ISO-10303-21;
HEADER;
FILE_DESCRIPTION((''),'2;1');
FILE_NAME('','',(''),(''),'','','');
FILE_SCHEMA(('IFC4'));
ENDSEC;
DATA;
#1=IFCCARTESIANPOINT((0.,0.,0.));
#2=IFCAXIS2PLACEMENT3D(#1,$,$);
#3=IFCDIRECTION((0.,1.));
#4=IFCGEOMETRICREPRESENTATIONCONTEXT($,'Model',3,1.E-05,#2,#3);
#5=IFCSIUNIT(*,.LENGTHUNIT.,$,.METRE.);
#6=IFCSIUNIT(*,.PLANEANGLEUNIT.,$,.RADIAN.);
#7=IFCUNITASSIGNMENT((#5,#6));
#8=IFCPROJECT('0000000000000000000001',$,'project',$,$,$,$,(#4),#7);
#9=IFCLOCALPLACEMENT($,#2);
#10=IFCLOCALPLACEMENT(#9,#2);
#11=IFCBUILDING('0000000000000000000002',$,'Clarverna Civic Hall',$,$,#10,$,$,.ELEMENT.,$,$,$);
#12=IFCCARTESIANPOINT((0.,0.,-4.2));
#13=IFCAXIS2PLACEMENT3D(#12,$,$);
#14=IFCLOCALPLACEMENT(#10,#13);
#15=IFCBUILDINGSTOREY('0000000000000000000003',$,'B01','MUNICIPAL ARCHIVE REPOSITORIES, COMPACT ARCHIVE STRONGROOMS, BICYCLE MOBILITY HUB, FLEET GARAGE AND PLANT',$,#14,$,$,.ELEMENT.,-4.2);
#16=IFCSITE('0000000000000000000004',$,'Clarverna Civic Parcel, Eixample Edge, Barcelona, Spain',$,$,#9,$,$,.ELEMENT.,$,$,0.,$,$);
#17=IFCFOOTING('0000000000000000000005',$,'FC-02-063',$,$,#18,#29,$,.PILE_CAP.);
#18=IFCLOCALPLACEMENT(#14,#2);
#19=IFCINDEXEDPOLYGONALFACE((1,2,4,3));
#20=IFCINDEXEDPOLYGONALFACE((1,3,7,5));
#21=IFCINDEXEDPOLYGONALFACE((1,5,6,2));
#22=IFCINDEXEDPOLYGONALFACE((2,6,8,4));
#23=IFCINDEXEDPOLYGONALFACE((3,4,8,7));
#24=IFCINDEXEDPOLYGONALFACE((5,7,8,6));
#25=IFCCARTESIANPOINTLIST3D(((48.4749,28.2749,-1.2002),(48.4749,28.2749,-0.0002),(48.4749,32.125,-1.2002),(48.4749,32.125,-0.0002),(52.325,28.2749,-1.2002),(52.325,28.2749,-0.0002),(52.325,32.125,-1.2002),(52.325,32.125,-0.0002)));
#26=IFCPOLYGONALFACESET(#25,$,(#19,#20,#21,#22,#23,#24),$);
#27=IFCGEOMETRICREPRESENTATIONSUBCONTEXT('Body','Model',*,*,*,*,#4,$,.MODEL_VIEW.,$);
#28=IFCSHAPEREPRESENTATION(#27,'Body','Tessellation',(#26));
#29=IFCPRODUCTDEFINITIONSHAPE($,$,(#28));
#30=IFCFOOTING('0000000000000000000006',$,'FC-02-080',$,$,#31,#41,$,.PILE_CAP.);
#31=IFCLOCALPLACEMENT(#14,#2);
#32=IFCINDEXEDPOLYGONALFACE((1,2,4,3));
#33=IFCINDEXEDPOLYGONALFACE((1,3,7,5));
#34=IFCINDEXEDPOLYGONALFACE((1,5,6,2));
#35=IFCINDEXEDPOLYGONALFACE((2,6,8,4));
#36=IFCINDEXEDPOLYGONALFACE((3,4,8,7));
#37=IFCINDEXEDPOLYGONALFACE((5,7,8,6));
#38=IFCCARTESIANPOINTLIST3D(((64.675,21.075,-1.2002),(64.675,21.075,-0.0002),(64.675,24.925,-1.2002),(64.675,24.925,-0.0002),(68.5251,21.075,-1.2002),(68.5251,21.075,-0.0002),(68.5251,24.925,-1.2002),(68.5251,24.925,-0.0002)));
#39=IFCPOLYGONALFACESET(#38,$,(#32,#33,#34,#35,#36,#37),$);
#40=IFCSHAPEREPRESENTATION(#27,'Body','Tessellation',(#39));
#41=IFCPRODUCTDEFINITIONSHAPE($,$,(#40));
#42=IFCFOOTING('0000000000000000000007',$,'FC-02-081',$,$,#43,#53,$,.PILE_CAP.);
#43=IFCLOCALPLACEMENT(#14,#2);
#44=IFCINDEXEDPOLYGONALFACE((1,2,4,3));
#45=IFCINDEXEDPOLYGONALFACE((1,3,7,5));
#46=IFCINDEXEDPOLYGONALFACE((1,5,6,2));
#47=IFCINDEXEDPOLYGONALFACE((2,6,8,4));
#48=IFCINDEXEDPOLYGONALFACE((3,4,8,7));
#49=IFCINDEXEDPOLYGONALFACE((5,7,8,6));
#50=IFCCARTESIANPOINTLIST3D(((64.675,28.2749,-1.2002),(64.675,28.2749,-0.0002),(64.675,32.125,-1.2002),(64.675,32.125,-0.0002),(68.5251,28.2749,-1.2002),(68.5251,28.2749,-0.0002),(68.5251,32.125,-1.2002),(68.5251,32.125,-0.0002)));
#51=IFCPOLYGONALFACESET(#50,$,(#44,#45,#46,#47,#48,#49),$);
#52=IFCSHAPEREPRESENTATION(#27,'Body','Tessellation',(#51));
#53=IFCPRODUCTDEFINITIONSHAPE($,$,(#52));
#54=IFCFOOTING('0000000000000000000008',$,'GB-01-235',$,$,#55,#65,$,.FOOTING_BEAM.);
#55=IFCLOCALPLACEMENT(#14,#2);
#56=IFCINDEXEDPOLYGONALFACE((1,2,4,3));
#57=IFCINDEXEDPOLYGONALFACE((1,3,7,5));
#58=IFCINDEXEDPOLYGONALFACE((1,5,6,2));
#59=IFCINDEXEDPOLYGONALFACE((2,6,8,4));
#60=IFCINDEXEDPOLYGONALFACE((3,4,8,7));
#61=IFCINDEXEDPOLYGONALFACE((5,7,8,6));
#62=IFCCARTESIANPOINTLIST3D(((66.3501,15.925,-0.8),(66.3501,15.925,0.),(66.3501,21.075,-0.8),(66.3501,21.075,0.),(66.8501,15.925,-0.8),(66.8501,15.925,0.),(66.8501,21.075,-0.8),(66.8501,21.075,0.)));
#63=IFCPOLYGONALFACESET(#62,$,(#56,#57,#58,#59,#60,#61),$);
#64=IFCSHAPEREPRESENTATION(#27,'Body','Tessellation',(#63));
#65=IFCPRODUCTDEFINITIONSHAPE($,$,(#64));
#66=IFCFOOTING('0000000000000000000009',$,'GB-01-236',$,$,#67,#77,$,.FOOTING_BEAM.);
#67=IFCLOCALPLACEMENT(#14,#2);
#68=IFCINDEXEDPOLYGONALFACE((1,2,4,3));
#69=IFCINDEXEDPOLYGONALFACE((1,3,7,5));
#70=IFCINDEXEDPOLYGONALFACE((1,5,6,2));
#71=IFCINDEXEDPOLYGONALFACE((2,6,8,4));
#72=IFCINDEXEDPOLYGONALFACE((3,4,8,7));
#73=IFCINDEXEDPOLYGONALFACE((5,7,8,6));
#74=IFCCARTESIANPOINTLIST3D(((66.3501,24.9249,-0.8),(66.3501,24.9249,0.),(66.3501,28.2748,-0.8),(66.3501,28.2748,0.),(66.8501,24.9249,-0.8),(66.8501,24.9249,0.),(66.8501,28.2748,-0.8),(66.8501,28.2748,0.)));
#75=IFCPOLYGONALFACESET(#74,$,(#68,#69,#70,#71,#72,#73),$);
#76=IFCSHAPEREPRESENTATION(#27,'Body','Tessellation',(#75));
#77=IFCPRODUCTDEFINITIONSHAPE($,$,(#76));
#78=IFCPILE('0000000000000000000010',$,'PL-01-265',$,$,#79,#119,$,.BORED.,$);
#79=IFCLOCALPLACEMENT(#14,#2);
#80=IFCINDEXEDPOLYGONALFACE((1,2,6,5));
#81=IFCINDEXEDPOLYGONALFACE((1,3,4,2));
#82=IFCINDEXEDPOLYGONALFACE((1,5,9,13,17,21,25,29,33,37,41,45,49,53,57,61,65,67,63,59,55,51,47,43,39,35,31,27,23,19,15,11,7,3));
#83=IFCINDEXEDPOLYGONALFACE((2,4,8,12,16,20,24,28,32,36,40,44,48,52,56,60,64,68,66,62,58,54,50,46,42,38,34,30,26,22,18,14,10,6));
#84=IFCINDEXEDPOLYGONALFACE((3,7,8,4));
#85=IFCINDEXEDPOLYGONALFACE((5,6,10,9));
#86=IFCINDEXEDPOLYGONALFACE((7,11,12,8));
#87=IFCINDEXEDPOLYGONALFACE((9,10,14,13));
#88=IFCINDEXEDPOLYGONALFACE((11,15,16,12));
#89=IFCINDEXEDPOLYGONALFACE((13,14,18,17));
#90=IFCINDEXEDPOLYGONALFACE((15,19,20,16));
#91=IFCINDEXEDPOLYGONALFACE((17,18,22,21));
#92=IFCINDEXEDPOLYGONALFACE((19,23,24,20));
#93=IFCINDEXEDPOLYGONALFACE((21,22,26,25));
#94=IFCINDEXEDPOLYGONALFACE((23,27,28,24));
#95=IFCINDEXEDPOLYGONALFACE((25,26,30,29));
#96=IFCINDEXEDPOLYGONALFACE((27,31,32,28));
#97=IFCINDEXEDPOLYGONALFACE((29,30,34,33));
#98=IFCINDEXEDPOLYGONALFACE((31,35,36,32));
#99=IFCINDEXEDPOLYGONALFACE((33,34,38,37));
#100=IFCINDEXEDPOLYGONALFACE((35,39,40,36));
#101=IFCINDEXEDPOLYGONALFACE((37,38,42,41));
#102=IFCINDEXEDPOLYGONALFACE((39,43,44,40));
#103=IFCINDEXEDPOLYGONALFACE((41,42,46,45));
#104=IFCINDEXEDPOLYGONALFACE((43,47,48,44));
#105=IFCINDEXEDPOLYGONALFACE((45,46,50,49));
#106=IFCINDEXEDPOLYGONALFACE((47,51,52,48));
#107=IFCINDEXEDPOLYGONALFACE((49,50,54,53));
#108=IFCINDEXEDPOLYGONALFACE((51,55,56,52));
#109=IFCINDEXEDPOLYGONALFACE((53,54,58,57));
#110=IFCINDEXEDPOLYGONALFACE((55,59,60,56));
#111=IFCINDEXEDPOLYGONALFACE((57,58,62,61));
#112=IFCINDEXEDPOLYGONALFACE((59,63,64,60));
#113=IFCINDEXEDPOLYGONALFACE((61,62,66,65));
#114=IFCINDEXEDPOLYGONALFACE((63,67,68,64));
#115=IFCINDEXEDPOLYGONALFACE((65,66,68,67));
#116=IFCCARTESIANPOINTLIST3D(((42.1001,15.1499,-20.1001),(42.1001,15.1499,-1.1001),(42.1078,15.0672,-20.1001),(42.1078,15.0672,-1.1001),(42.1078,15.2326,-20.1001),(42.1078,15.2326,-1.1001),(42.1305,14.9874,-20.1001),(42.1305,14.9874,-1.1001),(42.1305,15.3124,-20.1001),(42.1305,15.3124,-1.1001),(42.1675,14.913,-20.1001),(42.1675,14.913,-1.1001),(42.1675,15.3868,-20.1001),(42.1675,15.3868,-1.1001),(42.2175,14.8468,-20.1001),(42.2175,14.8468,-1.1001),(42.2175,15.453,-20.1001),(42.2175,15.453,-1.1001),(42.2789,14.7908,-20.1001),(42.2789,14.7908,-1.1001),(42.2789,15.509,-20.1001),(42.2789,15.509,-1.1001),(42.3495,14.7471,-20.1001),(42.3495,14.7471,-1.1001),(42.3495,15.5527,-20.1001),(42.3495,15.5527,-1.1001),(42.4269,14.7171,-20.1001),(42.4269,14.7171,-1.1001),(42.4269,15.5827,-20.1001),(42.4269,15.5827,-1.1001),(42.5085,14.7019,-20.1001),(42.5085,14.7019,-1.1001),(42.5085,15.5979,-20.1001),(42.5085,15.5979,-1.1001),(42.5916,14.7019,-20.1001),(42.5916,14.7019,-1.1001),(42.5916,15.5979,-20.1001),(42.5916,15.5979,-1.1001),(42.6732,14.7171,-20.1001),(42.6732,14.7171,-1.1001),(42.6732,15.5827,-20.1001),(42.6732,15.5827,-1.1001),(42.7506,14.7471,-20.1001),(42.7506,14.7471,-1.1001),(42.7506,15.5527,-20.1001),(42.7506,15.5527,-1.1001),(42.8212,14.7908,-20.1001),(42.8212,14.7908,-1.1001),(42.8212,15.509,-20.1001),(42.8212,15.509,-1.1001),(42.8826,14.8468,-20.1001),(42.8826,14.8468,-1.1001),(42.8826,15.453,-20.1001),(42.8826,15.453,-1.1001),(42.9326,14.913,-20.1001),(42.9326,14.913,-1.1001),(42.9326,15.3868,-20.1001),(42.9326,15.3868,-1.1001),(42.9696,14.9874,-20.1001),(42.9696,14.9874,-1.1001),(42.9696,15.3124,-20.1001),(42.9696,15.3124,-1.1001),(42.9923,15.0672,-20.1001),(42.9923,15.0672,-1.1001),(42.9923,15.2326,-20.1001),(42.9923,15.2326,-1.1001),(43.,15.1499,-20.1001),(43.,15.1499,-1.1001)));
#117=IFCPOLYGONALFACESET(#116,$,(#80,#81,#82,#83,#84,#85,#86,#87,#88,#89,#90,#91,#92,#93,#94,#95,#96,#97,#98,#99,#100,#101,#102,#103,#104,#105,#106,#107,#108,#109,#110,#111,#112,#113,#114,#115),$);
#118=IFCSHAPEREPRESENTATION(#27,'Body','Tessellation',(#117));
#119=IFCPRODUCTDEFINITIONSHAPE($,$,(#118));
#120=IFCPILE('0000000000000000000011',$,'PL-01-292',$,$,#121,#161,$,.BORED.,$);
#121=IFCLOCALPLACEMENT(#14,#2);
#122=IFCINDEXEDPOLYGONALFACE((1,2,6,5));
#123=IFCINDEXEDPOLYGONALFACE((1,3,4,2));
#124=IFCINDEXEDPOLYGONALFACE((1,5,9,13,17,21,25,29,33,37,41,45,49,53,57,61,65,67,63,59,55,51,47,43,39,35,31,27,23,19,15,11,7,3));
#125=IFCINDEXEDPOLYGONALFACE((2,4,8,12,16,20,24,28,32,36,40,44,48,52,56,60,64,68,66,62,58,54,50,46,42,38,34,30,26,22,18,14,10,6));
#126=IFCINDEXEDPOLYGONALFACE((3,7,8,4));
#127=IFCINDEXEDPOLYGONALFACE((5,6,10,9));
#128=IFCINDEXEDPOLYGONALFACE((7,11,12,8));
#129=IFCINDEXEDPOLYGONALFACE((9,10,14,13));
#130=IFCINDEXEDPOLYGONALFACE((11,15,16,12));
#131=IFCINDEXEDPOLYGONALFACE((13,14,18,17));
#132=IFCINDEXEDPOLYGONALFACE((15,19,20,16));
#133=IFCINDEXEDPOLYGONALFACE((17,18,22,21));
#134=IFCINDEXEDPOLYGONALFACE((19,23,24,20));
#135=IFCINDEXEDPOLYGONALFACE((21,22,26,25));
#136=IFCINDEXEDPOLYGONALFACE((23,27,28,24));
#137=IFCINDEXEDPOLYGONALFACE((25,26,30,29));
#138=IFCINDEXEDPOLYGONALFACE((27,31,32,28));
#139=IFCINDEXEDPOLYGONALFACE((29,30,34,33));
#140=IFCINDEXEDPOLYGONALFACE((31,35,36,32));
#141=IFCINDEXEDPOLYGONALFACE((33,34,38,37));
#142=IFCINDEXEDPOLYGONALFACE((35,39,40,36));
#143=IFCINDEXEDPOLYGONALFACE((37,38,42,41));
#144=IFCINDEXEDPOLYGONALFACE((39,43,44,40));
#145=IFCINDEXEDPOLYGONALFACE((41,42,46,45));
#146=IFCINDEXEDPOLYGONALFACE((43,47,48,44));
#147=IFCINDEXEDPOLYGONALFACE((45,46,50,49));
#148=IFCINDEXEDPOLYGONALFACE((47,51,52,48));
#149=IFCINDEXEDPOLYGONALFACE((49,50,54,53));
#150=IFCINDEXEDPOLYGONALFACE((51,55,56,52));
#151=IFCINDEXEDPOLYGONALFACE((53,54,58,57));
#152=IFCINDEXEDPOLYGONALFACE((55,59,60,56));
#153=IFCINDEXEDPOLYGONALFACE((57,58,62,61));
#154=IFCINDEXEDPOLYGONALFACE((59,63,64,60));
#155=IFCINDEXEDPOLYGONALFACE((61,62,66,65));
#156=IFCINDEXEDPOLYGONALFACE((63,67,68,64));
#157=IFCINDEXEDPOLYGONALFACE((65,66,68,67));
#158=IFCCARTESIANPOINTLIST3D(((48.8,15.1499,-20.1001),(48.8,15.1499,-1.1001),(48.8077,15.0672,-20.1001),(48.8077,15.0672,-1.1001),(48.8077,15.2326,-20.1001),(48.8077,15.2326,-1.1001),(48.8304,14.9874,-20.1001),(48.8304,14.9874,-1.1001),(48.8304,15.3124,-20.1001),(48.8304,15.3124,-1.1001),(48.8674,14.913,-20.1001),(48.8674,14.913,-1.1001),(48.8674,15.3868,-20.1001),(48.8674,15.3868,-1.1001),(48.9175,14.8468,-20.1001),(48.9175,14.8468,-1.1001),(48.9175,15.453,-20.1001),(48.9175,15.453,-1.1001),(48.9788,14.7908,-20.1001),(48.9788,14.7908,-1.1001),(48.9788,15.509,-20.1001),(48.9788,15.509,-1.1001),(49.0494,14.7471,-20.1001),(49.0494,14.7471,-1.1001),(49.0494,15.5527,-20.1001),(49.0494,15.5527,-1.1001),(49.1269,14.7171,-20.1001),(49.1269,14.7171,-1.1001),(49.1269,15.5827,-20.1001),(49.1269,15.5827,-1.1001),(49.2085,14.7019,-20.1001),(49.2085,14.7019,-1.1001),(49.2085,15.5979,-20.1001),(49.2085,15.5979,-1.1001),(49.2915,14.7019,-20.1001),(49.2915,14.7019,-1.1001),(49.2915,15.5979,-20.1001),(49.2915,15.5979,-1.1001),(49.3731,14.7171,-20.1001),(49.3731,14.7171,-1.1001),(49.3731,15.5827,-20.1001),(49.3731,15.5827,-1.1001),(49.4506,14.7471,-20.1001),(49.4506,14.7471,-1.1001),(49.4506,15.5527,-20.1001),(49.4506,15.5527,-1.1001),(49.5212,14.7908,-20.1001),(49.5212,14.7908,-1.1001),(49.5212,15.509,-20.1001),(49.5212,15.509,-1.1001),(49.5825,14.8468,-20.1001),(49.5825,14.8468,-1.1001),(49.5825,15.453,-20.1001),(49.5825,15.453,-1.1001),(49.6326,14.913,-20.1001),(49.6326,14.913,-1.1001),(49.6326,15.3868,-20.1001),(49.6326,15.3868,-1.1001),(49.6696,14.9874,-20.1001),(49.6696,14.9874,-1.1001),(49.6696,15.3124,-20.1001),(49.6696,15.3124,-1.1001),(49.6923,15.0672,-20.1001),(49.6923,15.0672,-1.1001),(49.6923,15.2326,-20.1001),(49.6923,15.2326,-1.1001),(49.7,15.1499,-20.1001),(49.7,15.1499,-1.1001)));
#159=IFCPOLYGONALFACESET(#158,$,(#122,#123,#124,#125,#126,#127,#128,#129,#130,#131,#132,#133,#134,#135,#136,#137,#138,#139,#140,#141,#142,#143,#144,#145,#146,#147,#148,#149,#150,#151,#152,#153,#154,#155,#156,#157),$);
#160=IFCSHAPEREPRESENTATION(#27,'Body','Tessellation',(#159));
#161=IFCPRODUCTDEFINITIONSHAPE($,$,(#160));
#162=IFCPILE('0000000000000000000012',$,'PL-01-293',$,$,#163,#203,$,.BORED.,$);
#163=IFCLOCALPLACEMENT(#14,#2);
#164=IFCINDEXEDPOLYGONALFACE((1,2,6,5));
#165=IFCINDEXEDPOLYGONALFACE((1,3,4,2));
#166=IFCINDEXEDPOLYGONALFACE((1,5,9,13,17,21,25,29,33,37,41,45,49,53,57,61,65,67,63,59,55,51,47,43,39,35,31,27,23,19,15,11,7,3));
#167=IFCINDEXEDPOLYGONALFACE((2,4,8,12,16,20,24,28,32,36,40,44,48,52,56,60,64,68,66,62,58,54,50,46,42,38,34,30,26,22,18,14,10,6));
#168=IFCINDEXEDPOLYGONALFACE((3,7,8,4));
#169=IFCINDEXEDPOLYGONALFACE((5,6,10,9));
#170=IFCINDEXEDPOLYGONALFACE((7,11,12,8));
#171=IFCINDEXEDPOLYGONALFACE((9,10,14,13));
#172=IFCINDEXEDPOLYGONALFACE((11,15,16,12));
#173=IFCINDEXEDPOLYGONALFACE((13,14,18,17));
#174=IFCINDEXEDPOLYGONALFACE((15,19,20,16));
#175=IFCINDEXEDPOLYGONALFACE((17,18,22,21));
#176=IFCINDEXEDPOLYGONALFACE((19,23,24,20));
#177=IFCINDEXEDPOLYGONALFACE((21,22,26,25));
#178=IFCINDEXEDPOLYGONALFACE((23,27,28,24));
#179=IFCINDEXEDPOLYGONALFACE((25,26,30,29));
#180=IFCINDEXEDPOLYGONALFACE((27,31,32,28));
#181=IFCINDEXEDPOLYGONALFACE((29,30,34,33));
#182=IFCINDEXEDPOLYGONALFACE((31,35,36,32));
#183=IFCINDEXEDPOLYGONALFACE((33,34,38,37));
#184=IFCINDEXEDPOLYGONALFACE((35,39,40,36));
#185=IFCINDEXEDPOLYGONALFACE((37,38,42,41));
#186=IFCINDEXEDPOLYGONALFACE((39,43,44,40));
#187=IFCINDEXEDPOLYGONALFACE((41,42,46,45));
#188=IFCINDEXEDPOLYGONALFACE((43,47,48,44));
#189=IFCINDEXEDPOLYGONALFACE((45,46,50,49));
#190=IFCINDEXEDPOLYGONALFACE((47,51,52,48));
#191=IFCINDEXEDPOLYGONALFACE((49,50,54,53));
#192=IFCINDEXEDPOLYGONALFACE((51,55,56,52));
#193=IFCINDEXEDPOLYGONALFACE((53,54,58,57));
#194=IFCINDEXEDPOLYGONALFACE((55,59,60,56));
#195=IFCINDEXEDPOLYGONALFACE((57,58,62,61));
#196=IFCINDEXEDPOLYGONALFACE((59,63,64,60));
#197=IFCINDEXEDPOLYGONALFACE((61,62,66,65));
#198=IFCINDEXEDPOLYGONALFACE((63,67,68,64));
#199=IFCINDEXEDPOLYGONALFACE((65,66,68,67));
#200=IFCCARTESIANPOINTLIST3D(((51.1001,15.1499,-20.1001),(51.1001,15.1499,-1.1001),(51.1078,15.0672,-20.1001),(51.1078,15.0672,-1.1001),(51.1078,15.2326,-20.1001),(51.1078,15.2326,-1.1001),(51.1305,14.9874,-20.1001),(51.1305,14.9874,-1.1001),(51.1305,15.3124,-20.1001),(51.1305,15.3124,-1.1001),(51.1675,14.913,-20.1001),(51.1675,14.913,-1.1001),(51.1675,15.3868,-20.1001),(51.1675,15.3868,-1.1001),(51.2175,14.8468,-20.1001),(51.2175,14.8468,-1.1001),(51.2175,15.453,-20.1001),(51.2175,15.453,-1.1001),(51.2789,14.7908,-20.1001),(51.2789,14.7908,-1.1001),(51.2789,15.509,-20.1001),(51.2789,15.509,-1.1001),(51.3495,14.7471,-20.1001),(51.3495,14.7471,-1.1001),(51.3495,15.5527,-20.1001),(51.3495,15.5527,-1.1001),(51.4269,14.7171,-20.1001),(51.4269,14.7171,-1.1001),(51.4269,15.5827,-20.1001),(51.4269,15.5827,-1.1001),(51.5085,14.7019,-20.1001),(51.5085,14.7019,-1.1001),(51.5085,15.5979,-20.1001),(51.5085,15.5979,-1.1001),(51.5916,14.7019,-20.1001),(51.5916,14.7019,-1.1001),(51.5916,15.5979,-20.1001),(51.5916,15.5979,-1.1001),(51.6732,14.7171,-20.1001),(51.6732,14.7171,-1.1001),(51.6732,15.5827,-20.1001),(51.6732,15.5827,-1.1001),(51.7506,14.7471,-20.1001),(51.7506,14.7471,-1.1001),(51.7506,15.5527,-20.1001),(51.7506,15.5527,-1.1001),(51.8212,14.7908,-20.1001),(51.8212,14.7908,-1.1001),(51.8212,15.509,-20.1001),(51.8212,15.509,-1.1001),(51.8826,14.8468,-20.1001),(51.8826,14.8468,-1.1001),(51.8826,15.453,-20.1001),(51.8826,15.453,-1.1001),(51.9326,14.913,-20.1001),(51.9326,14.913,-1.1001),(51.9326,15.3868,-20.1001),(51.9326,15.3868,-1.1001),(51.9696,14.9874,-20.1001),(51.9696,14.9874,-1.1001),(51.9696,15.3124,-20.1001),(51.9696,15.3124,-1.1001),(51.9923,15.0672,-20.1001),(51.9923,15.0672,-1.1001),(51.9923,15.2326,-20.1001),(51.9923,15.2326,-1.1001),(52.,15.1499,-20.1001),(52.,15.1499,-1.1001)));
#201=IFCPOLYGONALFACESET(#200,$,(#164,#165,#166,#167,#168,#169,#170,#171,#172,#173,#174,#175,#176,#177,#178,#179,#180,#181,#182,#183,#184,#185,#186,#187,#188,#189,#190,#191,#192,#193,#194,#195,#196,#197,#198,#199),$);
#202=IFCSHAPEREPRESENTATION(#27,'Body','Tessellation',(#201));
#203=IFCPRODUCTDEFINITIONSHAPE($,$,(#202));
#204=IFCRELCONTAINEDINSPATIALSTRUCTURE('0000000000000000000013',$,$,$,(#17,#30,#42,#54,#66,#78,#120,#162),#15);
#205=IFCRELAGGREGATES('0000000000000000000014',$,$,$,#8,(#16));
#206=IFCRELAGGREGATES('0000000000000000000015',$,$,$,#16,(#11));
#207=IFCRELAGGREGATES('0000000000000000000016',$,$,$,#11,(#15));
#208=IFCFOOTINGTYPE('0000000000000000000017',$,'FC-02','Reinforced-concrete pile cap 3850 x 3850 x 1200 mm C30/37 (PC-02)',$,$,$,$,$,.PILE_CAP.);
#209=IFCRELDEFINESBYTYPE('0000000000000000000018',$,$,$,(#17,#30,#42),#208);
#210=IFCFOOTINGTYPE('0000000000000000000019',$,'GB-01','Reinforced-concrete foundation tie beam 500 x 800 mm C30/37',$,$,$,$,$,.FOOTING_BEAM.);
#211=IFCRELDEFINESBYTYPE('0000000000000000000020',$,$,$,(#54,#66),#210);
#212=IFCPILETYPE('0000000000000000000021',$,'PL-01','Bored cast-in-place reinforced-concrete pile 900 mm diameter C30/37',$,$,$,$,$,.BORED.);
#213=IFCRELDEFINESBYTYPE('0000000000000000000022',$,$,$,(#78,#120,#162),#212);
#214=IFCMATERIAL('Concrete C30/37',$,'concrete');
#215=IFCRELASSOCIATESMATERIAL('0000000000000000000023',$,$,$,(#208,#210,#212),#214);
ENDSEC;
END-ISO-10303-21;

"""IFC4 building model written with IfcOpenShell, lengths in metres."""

from ifc_helpers import new_model, si_unit, direction, frame, frame_2d, origin, origin_2d, place, context, subcontext, project, spatial, rectangle, circle, extrude, material, material_profile, profile_set, type_object, element, save


model = new_model("IFC4")

# Units and contexts
model_context = context("Model", 3, precision=1e-05, world=origin(), true_north=direction((0.0, 1.0)))
body_context = subcontext(model_context, "Body", "Model", "MODEL_VIEW")
ifc_project = project(units=[si_unit("LENGTHUNIT", "METRE"), si_unit("PLANEANGLEUNIT", "RADIAN")], contexts=[model_context])

# Site, building, storey
site_placement = place(None, origin())
site = spatial("IfcSite", under=ifc_project, at=site_placement, Name="Clarverna Civic Parcel, Eixample Edge, Barcelona, Spain", CompositionType="ELEMENT", RefElevation=0.0)
building_placement = place(site_placement, origin())
building = spatial("IfcBuilding", under=site, at=building_placement, Name="Clarverna Civic Hall", CompositionType="ELEMENT")
storey_placement = place(building_placement, frame((0.0, 0.0, -4.2)))
storey = spatial("IfcBuildingStorey", under=building, at=storey_placement, Name="B01", Description="MUNICIPAL ARCHIVE REPOSITORIES, COMPACT ARCHIVE STRONGROOMS, BICYCLE MOBILITY HUB, FLEET GARAGE AND PLANT", CompositionType="ELEMENT", Elevation=-4.2)

# Footings
ifc_material_1 = material(Name="Concrete C30/37", Category="concrete")
footing_type_1 = type_object("IfcFootingType", Name="FC-02", Description="Reinforced-concrete pile cap 3850 x 3850 x 1200 mm C30/37 (PC-02)", PredefinedType="PILE_CAP", material=ifc_material_1)
for number, where, z_axis, x_axis, name in (
    (1, (50.3999, 30.2, -1.2002), (0.0, 0.0, 1.0), (1.0, 0.0, 0.0), "FC-02-063"),
    (2, (66.6001, 23.0, -1.2002), (0.0, 0.0, 1.0), (1.0, 0.0, 0.0), "FC-02-080"),
    (3, (66.6001, 30.2, -1.2002), (0.0, 0.0, 1.0), (1.0, 0.0, 0.0), "FC-02-081"),
):
    element("IfcFooting", number, at=place(storey_placement, frame(where, z_axis=z_axis, x_axis=x_axis)), inside=storey, type_object=footing_type_1, Name=name, PredefinedType="PILE_CAP", context=body_context, shape_type="SweptSolid", body=[
        extrude(rectangle(XDim=3.8501, YDim=3.8501, at=origin_2d()), origin(), (0.0, 0.0, 1.0), 1.2),
    ])
footing_type_2 = type_object("IfcFootingType", Name="GB-01", Description="Reinforced-concrete foundation tie beam 500 x 800 mm C30/37", PredefinedType="FOOTING_BEAM", material=ifc_material_1)
footing_1_placement = place(storey_placement, frame((66.6001, 15.925, -0.8), z_axis=(0.0, 0.0, 1.0), x_axis=(0.0, 1.0, 0.0)))
element("IfcFooting", 4, at=footing_1_placement, inside=storey, type_object=footing_type_2, Name="GB-01-235", PredefinedType="FOOTING_BEAM", context=body_context, shape_type="SweptSolid", body=[
    extrude(rectangle(XDim=5.1499, YDim=0.5, at=frame_2d((2.575, 0.0))), origin(), (0.0, 0.0, 1.0), 0.8),
])
footing_2_placement = place(storey_placement, frame((66.6001, 24.925, -0.8), z_axis=(0.0, 0.0, 1.0), x_axis=(0.0, 1.0, 0.0)))
element("IfcFooting", 5, at=footing_2_placement, inside=storey, type_object=footing_type_2, Name="GB-01-236", PredefinedType="FOOTING_BEAM", context=body_context, shape_type="SweptSolid", body=[
    extrude(rectangle(XDim=3.3499, YDim=0.5, at=frame_2d((1.6748, 0.0))), origin(), (0.0, 0.0, 1.0), 0.8),
])

# Piles
ifc_material_profile_1 = material_profile(ifc_material_1, circle(Radius=0.45, at=origin_2d()), Name="BORED PILE D900")
ifc_profile_set_1 = profile_set([ifc_material_profile_1], Name="Concrete C30/37")
pile_type = type_object("IfcPileType", Name="PL-01", Description="Bored cast-in-place reinforced-concrete pile 900 mm diameter C30/37", PredefinedType="BORED", material=ifc_profile_set_1)
for number, where, z_axis, x_axis, name in (
    (6, (42.55, 15.1499, -1.1001), (0.0, 0.0, -1.0), (1.0, 0.0, 0.0), "PL-01-265"),
    (7, (49.25, 15.1499, -1.1001), (0.0, 0.0, -1.0), (1.0, 0.0, 0.0), "PL-01-292"),
    (8, (51.55, 15.1499, -1.1001), (0.0, 0.0, -1.0), (1.0, 0.0, 0.0), "PL-01-293"),
):
    element("IfcPile", number, at=place(storey_placement, frame(where, z_axis=z_axis, x_axis=x_axis)), inside=storey, type_object=pile_type, Name=name, PredefinedType="BORED", context=body_context, shape_type="SweptSolid", body=[
        extrude(circle(Radius=0.45, at=origin_2d()), origin(), (0.0, 0.0, 1.0), 19.0),
    ])

save(model, "model.ifc")
